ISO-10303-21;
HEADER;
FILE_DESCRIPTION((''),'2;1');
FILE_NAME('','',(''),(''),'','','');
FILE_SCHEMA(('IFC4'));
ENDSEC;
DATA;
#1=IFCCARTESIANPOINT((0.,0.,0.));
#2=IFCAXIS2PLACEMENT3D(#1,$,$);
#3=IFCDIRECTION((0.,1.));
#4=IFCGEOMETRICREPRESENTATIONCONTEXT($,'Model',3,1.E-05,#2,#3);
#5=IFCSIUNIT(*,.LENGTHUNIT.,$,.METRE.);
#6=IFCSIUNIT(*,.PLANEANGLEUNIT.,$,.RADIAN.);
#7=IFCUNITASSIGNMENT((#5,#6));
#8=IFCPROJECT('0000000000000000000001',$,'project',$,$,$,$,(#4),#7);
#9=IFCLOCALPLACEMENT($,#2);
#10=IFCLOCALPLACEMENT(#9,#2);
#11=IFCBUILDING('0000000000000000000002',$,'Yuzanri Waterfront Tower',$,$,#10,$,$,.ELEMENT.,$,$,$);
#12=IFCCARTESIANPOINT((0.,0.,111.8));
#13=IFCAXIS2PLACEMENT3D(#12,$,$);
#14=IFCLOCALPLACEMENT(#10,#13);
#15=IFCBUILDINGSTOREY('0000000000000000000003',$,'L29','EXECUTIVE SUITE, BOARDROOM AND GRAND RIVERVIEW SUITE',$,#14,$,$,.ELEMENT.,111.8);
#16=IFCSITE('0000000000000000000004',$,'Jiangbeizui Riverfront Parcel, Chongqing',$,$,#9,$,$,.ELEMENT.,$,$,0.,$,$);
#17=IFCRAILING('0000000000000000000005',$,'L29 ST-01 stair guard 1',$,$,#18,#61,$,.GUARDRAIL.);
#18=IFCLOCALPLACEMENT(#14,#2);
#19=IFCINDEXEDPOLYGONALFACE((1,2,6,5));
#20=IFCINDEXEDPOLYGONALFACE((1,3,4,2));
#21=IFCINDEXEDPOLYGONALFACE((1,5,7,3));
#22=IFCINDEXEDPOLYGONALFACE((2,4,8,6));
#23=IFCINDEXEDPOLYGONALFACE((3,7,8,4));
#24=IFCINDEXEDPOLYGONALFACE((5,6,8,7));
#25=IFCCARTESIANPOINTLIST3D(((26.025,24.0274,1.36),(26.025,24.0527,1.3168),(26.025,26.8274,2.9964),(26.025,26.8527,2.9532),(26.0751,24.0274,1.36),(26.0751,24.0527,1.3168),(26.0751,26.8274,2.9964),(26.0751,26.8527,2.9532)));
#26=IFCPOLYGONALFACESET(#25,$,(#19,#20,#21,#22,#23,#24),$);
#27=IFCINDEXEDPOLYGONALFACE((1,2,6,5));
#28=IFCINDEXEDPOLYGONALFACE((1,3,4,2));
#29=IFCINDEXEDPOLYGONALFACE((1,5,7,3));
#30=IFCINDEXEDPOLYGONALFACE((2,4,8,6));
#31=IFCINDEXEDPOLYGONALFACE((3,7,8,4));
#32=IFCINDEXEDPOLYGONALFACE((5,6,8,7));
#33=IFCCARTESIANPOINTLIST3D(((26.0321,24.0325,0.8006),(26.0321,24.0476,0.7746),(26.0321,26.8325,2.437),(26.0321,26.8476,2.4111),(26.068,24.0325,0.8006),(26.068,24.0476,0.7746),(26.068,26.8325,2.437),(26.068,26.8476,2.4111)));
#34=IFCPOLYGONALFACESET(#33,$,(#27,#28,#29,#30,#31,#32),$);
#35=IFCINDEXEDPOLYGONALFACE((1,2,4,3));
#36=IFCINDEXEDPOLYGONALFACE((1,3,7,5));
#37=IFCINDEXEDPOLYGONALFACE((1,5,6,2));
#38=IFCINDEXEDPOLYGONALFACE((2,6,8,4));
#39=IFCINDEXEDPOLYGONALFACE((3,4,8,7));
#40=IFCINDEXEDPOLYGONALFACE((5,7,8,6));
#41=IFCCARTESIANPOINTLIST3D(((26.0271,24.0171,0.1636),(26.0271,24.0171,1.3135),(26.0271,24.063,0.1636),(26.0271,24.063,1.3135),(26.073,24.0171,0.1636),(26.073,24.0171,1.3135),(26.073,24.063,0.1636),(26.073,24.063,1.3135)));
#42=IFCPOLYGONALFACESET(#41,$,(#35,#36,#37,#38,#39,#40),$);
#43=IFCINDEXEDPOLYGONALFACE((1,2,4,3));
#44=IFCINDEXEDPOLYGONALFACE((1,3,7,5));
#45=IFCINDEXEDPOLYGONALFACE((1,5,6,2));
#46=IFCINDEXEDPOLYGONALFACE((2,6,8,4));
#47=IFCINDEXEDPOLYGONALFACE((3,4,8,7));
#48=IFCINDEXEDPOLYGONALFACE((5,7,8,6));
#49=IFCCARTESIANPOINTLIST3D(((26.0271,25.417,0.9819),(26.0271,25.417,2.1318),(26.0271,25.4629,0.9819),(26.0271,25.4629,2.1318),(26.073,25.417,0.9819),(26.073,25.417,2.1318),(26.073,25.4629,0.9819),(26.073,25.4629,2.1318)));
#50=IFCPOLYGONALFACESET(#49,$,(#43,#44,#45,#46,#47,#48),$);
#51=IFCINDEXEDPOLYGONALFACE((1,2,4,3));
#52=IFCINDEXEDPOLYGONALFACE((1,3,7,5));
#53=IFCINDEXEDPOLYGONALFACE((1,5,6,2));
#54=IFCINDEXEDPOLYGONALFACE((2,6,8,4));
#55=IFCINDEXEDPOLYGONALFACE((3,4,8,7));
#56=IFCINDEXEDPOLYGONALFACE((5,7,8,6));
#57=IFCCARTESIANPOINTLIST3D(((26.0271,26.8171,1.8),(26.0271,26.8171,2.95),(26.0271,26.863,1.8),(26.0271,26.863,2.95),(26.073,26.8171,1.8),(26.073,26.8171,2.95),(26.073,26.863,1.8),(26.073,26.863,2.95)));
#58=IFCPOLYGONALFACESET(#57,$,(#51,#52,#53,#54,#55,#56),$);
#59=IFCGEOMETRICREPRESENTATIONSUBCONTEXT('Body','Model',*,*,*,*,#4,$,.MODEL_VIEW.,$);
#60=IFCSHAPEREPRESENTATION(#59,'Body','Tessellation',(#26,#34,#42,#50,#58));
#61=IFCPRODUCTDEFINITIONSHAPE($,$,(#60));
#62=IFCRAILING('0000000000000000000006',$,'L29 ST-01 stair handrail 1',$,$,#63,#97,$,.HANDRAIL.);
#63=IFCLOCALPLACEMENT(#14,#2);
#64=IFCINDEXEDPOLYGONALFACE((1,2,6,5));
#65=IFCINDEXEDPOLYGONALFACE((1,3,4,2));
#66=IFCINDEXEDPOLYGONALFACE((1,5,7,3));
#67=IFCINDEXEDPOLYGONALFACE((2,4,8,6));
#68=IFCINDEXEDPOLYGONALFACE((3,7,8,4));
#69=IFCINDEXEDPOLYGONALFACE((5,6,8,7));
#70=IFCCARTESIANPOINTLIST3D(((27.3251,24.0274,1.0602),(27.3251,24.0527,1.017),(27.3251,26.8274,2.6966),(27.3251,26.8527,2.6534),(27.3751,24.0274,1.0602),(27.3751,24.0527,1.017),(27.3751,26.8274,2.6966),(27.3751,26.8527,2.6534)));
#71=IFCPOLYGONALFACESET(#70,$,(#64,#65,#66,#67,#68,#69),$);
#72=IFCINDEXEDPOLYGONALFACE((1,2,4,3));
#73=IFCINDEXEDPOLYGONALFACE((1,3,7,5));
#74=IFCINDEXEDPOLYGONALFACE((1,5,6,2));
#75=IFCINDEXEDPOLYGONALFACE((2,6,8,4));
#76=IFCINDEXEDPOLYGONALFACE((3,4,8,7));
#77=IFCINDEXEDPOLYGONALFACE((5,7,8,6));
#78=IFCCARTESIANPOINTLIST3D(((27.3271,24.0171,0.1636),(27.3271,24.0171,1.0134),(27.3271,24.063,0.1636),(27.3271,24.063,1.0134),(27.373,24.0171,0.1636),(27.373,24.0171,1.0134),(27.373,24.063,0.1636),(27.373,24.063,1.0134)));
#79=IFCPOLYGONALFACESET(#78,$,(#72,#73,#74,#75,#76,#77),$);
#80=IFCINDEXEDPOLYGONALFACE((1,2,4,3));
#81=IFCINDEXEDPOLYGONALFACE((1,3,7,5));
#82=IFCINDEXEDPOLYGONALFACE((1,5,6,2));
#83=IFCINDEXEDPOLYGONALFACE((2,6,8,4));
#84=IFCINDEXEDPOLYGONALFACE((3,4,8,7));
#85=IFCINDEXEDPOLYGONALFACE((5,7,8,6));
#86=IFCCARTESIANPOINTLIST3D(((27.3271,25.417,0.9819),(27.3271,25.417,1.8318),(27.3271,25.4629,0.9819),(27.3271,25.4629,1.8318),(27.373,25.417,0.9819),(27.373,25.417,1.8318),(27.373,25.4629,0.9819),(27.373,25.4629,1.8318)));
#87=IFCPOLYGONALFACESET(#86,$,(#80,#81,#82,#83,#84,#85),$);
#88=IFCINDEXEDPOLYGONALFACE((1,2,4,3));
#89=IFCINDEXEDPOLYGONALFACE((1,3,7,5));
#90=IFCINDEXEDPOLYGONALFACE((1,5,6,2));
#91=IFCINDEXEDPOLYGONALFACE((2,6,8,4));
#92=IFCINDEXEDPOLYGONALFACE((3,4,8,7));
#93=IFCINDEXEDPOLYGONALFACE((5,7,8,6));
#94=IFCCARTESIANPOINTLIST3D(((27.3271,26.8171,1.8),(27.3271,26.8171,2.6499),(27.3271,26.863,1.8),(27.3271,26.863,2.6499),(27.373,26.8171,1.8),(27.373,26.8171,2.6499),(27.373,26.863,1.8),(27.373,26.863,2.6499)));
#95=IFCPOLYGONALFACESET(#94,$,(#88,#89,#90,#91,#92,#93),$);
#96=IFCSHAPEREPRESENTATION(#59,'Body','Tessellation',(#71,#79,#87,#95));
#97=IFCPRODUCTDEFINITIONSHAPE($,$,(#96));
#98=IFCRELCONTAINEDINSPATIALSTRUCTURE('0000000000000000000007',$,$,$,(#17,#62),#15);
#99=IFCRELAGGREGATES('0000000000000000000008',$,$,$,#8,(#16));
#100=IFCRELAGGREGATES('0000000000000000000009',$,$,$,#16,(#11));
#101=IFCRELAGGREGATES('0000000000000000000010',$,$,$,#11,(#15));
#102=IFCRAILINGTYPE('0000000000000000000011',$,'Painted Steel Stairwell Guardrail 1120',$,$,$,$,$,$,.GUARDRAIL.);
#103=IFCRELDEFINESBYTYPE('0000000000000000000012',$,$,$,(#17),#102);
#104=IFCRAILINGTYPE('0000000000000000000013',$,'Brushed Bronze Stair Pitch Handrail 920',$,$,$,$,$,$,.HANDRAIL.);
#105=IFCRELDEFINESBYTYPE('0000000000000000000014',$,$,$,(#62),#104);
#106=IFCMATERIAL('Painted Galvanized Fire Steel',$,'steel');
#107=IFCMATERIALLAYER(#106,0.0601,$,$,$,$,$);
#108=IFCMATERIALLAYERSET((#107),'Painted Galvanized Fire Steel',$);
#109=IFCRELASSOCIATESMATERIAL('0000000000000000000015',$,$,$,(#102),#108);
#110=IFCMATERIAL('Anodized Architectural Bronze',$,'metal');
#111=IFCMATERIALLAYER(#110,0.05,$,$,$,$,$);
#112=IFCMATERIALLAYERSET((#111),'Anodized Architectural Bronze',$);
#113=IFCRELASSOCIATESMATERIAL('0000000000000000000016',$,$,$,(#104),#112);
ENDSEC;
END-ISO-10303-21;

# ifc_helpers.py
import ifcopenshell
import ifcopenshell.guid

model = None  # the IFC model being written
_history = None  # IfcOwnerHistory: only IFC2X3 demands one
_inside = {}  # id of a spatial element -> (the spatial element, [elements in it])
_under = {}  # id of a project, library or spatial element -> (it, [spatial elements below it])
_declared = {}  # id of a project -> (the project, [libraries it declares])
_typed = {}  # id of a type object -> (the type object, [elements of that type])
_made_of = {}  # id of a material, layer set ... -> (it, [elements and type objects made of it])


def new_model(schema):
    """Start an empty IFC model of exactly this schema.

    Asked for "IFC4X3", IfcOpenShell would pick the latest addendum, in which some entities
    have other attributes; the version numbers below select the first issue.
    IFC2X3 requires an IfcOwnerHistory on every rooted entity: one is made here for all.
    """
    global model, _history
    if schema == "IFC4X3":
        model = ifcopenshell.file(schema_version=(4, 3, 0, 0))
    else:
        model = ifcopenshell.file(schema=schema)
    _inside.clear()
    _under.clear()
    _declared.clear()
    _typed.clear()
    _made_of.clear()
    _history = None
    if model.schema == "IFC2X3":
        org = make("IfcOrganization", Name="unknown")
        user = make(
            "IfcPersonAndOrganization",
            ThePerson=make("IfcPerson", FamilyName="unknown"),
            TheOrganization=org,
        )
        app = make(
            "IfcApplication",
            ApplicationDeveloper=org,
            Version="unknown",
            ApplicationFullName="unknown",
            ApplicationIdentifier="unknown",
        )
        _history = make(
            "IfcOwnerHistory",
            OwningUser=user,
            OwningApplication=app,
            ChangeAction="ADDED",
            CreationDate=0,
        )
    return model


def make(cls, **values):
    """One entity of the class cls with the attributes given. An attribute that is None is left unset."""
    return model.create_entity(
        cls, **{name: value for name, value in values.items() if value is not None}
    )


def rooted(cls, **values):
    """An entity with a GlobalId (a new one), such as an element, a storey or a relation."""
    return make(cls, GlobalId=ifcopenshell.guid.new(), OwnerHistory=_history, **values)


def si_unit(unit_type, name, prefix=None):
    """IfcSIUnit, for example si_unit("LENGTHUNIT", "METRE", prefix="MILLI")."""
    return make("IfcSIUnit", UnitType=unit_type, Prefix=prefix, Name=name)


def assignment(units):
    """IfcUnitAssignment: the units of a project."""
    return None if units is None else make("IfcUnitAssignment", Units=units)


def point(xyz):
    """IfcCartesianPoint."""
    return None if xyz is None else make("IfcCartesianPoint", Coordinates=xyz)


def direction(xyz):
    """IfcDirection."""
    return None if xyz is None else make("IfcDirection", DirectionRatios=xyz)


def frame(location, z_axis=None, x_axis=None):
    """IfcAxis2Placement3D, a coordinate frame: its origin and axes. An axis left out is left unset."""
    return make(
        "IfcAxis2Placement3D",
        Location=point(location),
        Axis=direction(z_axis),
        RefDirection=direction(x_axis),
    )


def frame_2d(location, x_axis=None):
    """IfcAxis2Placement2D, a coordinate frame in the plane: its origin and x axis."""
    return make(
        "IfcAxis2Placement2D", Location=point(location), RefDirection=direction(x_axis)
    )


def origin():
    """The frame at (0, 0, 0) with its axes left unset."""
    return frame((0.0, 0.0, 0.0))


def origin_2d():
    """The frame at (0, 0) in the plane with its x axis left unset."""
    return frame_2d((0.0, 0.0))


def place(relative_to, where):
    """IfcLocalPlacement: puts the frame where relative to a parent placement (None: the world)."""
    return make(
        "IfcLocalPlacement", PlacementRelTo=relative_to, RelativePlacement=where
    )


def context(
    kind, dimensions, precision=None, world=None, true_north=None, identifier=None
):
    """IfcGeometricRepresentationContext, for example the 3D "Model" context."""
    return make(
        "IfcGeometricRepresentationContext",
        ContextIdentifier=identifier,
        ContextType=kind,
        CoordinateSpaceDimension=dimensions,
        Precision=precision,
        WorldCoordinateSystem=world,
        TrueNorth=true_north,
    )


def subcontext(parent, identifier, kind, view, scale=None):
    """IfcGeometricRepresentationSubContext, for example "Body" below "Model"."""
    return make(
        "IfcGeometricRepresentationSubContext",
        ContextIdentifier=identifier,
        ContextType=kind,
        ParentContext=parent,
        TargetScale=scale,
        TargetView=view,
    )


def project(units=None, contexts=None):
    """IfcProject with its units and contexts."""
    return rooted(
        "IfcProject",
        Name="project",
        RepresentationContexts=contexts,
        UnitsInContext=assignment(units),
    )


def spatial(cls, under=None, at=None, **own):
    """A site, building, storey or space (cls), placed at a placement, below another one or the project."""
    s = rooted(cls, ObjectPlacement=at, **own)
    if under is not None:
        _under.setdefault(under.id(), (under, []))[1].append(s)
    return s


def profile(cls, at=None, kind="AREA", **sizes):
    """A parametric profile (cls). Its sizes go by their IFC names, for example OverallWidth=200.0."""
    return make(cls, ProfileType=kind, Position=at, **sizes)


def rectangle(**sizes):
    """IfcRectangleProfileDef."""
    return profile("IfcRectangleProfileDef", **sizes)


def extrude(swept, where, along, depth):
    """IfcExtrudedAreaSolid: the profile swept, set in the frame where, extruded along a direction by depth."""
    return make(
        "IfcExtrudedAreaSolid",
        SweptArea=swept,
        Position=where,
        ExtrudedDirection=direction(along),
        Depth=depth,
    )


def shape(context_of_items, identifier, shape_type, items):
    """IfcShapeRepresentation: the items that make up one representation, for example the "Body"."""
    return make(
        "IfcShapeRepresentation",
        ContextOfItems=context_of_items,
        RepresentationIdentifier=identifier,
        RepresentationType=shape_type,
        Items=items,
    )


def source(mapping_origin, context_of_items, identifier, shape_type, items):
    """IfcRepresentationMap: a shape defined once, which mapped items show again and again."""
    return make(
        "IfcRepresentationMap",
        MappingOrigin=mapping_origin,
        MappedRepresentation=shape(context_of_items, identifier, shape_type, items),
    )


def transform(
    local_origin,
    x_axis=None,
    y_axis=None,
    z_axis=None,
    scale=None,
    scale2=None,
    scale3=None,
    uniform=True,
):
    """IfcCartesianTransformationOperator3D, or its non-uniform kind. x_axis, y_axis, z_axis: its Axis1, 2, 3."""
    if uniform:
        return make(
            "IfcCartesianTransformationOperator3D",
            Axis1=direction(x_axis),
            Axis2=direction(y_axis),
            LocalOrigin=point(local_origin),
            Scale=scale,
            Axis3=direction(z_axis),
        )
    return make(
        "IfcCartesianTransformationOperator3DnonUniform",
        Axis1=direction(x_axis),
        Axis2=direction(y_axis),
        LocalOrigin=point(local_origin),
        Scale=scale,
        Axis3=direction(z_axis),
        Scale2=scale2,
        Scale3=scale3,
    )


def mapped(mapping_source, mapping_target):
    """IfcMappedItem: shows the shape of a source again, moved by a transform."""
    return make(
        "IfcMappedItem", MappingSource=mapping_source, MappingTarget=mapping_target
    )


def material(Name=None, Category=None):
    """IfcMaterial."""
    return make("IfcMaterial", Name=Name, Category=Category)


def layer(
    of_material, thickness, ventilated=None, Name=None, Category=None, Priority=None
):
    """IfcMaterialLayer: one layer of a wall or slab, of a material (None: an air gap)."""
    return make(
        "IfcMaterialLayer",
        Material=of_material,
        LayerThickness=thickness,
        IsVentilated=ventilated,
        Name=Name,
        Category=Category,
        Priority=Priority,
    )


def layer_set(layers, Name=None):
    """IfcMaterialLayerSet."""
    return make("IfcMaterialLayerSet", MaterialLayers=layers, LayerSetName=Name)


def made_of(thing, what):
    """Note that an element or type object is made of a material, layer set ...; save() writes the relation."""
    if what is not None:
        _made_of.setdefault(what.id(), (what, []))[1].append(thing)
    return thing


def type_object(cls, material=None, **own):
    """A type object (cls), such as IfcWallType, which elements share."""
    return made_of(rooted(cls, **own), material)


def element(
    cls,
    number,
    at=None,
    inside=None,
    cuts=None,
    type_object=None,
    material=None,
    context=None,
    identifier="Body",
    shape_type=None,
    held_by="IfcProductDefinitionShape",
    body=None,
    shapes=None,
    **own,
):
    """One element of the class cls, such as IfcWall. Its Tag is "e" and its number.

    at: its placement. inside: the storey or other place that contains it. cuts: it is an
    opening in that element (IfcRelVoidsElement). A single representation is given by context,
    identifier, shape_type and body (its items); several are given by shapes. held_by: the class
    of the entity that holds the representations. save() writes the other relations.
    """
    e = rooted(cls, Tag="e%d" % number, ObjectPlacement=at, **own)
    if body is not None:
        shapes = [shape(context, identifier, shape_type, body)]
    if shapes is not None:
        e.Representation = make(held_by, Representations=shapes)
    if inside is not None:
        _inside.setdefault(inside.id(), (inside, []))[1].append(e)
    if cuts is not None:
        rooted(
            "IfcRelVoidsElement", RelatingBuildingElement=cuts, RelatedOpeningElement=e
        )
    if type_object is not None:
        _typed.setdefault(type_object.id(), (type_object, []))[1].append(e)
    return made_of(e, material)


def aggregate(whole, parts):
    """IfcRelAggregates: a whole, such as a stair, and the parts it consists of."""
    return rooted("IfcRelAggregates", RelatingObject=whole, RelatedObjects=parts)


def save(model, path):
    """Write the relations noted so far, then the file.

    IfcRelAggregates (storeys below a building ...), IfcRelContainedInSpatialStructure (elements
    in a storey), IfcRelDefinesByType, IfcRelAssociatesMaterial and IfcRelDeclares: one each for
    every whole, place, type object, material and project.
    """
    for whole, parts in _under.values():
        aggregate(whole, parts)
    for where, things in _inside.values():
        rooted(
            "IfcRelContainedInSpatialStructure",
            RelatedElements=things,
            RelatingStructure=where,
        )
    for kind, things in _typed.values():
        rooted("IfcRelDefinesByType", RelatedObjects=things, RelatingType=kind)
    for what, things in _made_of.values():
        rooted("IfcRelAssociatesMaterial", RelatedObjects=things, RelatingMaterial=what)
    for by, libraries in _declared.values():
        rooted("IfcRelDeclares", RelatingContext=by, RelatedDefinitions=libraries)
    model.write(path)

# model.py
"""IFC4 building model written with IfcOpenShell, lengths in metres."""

from ifc_helpers import new_model, si_unit, direction, frame, origin, origin_2d, place, context, subcontext, project, spatial, rectangle, extrude, source, transform, mapped, material, layer, layer_set, type_object, element, save


model = new_model("IFC4")

# Units and contexts
model_context = context("Model", 3, precision=1e-05, world=origin(), true_north=direction((0.0, 1.0)))
body_context = subcontext(model_context, "Body", "Model", "MODEL_VIEW")
ifc_project = project(units=[si_unit("LENGTHUNIT", "METRE"), si_unit("PLANEANGLEUNIT", "RADIAN")], contexts=[model_context])

# Site, building, storey
site_placement = place(None, origin())
site = spatial("IfcSite", under=ifc_project, at=site_placement, Name="Jiangbeizui Riverfront Parcel, Chongqing", CompositionType="ELEMENT", RefElevation=0.0)
building_placement = place(site_placement, origin())
building = spatial("IfcBuilding", under=site, at=building_placement, Name="Yuzanri Waterfront Tower", CompositionType="ELEMENT")
storey_placement = place(building_placement, frame((0.0, 0.0, 111.8)))
storey = spatial("IfcBuildingStorey", under=building, at=storey_placement, Name="L29", Description="EXECUTIVE SUITE, BOARDROOM AND GRAND RIVERVIEW SUITE", CompositionType="ELEMENT", Elevation=111.8)

# Railings
ifc_material_1 = material(Name="Painted Galvanized Fire Steel", Category="steel")
ifc_layer_1 = layer(ifc_material_1, 0.0601)
ifc_layer_set_1 = layer_set([ifc_layer_1], Name="Painted Galvanized Fire Steel")
railing_type_1 = type_object("IfcRailingType", Name="Painted Steel Stairwell Guardrail 1120", PredefinedType="GUARDRAIL", material=ifc_layer_set_1)
shared_shape_1 = source(origin(), body_context, "Body", "SweptSolid", [
    extrude(rectangle(XDim=0.05, YDim=0.05, at=origin_2d()), frame((0.0, 0.0, 1.1748), z_axis=(0.0, 0.863361, 0.504587), x_axis=(-1.0, 0.0, 0.0)), (0.0, 0.0, 1.0), 3.2432),
    extrude(rectangle(XDim=0.0359, YDim=0.03, at=origin_2d()), frame((0.0, 0.0, 0.624), z_axis=(0.0, 0.863361, 0.504587), x_axis=(-1.0, 0.0, 0.0)), (0.0, 0.0, 1.0), 3.2432),
    extrude(rectangle(XDim=0.0459, YDim=0.0459, at=origin_2d()), origin(), (0.0, 0.0, 1.0), 1.1499),
    extrude(rectangle(XDim=0.0459, YDim=0.0459, at=origin_2d()), frame((0.0, 1.3999, 0.8184)), (0.0, 0.0, 1.0), 1.1499),
    extrude(rectangle(XDim=0.0459, YDim=0.0459, at=origin_2d()), frame((0.0, 2.8, 1.6365)), (0.0, 0.0, 1.0), 1.1499),
])
railing_1_placement = place(storey_placement, frame((26.05, 24.04, 0.1636)))
element("IfcRailing", 1, at=railing_1_placement, inside=storey, type_object=railing_type_1, Name="L29 ST-01 stair guard 1", PredefinedType="GUARDRAIL", context=body_context, shape_type="MappedRepresentation", body=[
    mapped(shared_shape_1, transform((0.0, 0.0, 0.0), scale=1.0)),
])
ifc_material_2 = material(Name="Anodized Architectural Bronze", Category="metal")
ifc_layer_2 = layer(ifc_material_2, 0.05)
ifc_layer_set_2 = layer_set([ifc_layer_2], Name="Anodized Architectural Bronze")
railing_type_2 = type_object("IfcRailingType", Name="Brushed Bronze Stair Pitch Handrail 920", PredefinedType="HANDRAIL", material=ifc_layer_set_2)
shared_shape_2 = source(origin(), body_context, "Body", "SweptSolid", [
    extrude(rectangle(XDim=0.05, YDim=0.05, at=origin_2d()), frame((0.0, 0.0, 0.875), z_axis=(0.0, 0.863361, 0.504587), x_axis=(-1.0, 0.0, 0.0)), (0.0, 0.0, 1.0), 3.2432),
    extrude(rectangle(XDim=0.0459, YDim=0.0459, at=origin_2d()), origin(), (0.0, 0.0, 1.0), 0.8499),
    extrude(rectangle(XDim=0.0459, YDim=0.0459, at=origin_2d()), frame((0.0, 1.3999, 0.8184)), (0.0, 0.0, 1.0), 0.8499),
    extrude(rectangle(XDim=0.0459, YDim=0.0459, at=origin_2d()), frame((0.0, 2.8, 1.6365)), (0.0, 0.0, 1.0), 0.8499),
])
railing_2_placement = place(storey_placement, frame((27.3501, 24.04, 0.1636)))
element("IfcRailing", 2, at=railing_2_placement, inside=storey, type_object=railing_type_2, Name="L29 ST-01 stair handrail 1", PredefinedType="HANDRAIL", context=body_context, shape_type="MappedRepresentation", body=[
    mapped(shared_shape_2, transform((0.0, 0.0, 0.0), scale=1.0)),
])

save(model, "model.ifc")
